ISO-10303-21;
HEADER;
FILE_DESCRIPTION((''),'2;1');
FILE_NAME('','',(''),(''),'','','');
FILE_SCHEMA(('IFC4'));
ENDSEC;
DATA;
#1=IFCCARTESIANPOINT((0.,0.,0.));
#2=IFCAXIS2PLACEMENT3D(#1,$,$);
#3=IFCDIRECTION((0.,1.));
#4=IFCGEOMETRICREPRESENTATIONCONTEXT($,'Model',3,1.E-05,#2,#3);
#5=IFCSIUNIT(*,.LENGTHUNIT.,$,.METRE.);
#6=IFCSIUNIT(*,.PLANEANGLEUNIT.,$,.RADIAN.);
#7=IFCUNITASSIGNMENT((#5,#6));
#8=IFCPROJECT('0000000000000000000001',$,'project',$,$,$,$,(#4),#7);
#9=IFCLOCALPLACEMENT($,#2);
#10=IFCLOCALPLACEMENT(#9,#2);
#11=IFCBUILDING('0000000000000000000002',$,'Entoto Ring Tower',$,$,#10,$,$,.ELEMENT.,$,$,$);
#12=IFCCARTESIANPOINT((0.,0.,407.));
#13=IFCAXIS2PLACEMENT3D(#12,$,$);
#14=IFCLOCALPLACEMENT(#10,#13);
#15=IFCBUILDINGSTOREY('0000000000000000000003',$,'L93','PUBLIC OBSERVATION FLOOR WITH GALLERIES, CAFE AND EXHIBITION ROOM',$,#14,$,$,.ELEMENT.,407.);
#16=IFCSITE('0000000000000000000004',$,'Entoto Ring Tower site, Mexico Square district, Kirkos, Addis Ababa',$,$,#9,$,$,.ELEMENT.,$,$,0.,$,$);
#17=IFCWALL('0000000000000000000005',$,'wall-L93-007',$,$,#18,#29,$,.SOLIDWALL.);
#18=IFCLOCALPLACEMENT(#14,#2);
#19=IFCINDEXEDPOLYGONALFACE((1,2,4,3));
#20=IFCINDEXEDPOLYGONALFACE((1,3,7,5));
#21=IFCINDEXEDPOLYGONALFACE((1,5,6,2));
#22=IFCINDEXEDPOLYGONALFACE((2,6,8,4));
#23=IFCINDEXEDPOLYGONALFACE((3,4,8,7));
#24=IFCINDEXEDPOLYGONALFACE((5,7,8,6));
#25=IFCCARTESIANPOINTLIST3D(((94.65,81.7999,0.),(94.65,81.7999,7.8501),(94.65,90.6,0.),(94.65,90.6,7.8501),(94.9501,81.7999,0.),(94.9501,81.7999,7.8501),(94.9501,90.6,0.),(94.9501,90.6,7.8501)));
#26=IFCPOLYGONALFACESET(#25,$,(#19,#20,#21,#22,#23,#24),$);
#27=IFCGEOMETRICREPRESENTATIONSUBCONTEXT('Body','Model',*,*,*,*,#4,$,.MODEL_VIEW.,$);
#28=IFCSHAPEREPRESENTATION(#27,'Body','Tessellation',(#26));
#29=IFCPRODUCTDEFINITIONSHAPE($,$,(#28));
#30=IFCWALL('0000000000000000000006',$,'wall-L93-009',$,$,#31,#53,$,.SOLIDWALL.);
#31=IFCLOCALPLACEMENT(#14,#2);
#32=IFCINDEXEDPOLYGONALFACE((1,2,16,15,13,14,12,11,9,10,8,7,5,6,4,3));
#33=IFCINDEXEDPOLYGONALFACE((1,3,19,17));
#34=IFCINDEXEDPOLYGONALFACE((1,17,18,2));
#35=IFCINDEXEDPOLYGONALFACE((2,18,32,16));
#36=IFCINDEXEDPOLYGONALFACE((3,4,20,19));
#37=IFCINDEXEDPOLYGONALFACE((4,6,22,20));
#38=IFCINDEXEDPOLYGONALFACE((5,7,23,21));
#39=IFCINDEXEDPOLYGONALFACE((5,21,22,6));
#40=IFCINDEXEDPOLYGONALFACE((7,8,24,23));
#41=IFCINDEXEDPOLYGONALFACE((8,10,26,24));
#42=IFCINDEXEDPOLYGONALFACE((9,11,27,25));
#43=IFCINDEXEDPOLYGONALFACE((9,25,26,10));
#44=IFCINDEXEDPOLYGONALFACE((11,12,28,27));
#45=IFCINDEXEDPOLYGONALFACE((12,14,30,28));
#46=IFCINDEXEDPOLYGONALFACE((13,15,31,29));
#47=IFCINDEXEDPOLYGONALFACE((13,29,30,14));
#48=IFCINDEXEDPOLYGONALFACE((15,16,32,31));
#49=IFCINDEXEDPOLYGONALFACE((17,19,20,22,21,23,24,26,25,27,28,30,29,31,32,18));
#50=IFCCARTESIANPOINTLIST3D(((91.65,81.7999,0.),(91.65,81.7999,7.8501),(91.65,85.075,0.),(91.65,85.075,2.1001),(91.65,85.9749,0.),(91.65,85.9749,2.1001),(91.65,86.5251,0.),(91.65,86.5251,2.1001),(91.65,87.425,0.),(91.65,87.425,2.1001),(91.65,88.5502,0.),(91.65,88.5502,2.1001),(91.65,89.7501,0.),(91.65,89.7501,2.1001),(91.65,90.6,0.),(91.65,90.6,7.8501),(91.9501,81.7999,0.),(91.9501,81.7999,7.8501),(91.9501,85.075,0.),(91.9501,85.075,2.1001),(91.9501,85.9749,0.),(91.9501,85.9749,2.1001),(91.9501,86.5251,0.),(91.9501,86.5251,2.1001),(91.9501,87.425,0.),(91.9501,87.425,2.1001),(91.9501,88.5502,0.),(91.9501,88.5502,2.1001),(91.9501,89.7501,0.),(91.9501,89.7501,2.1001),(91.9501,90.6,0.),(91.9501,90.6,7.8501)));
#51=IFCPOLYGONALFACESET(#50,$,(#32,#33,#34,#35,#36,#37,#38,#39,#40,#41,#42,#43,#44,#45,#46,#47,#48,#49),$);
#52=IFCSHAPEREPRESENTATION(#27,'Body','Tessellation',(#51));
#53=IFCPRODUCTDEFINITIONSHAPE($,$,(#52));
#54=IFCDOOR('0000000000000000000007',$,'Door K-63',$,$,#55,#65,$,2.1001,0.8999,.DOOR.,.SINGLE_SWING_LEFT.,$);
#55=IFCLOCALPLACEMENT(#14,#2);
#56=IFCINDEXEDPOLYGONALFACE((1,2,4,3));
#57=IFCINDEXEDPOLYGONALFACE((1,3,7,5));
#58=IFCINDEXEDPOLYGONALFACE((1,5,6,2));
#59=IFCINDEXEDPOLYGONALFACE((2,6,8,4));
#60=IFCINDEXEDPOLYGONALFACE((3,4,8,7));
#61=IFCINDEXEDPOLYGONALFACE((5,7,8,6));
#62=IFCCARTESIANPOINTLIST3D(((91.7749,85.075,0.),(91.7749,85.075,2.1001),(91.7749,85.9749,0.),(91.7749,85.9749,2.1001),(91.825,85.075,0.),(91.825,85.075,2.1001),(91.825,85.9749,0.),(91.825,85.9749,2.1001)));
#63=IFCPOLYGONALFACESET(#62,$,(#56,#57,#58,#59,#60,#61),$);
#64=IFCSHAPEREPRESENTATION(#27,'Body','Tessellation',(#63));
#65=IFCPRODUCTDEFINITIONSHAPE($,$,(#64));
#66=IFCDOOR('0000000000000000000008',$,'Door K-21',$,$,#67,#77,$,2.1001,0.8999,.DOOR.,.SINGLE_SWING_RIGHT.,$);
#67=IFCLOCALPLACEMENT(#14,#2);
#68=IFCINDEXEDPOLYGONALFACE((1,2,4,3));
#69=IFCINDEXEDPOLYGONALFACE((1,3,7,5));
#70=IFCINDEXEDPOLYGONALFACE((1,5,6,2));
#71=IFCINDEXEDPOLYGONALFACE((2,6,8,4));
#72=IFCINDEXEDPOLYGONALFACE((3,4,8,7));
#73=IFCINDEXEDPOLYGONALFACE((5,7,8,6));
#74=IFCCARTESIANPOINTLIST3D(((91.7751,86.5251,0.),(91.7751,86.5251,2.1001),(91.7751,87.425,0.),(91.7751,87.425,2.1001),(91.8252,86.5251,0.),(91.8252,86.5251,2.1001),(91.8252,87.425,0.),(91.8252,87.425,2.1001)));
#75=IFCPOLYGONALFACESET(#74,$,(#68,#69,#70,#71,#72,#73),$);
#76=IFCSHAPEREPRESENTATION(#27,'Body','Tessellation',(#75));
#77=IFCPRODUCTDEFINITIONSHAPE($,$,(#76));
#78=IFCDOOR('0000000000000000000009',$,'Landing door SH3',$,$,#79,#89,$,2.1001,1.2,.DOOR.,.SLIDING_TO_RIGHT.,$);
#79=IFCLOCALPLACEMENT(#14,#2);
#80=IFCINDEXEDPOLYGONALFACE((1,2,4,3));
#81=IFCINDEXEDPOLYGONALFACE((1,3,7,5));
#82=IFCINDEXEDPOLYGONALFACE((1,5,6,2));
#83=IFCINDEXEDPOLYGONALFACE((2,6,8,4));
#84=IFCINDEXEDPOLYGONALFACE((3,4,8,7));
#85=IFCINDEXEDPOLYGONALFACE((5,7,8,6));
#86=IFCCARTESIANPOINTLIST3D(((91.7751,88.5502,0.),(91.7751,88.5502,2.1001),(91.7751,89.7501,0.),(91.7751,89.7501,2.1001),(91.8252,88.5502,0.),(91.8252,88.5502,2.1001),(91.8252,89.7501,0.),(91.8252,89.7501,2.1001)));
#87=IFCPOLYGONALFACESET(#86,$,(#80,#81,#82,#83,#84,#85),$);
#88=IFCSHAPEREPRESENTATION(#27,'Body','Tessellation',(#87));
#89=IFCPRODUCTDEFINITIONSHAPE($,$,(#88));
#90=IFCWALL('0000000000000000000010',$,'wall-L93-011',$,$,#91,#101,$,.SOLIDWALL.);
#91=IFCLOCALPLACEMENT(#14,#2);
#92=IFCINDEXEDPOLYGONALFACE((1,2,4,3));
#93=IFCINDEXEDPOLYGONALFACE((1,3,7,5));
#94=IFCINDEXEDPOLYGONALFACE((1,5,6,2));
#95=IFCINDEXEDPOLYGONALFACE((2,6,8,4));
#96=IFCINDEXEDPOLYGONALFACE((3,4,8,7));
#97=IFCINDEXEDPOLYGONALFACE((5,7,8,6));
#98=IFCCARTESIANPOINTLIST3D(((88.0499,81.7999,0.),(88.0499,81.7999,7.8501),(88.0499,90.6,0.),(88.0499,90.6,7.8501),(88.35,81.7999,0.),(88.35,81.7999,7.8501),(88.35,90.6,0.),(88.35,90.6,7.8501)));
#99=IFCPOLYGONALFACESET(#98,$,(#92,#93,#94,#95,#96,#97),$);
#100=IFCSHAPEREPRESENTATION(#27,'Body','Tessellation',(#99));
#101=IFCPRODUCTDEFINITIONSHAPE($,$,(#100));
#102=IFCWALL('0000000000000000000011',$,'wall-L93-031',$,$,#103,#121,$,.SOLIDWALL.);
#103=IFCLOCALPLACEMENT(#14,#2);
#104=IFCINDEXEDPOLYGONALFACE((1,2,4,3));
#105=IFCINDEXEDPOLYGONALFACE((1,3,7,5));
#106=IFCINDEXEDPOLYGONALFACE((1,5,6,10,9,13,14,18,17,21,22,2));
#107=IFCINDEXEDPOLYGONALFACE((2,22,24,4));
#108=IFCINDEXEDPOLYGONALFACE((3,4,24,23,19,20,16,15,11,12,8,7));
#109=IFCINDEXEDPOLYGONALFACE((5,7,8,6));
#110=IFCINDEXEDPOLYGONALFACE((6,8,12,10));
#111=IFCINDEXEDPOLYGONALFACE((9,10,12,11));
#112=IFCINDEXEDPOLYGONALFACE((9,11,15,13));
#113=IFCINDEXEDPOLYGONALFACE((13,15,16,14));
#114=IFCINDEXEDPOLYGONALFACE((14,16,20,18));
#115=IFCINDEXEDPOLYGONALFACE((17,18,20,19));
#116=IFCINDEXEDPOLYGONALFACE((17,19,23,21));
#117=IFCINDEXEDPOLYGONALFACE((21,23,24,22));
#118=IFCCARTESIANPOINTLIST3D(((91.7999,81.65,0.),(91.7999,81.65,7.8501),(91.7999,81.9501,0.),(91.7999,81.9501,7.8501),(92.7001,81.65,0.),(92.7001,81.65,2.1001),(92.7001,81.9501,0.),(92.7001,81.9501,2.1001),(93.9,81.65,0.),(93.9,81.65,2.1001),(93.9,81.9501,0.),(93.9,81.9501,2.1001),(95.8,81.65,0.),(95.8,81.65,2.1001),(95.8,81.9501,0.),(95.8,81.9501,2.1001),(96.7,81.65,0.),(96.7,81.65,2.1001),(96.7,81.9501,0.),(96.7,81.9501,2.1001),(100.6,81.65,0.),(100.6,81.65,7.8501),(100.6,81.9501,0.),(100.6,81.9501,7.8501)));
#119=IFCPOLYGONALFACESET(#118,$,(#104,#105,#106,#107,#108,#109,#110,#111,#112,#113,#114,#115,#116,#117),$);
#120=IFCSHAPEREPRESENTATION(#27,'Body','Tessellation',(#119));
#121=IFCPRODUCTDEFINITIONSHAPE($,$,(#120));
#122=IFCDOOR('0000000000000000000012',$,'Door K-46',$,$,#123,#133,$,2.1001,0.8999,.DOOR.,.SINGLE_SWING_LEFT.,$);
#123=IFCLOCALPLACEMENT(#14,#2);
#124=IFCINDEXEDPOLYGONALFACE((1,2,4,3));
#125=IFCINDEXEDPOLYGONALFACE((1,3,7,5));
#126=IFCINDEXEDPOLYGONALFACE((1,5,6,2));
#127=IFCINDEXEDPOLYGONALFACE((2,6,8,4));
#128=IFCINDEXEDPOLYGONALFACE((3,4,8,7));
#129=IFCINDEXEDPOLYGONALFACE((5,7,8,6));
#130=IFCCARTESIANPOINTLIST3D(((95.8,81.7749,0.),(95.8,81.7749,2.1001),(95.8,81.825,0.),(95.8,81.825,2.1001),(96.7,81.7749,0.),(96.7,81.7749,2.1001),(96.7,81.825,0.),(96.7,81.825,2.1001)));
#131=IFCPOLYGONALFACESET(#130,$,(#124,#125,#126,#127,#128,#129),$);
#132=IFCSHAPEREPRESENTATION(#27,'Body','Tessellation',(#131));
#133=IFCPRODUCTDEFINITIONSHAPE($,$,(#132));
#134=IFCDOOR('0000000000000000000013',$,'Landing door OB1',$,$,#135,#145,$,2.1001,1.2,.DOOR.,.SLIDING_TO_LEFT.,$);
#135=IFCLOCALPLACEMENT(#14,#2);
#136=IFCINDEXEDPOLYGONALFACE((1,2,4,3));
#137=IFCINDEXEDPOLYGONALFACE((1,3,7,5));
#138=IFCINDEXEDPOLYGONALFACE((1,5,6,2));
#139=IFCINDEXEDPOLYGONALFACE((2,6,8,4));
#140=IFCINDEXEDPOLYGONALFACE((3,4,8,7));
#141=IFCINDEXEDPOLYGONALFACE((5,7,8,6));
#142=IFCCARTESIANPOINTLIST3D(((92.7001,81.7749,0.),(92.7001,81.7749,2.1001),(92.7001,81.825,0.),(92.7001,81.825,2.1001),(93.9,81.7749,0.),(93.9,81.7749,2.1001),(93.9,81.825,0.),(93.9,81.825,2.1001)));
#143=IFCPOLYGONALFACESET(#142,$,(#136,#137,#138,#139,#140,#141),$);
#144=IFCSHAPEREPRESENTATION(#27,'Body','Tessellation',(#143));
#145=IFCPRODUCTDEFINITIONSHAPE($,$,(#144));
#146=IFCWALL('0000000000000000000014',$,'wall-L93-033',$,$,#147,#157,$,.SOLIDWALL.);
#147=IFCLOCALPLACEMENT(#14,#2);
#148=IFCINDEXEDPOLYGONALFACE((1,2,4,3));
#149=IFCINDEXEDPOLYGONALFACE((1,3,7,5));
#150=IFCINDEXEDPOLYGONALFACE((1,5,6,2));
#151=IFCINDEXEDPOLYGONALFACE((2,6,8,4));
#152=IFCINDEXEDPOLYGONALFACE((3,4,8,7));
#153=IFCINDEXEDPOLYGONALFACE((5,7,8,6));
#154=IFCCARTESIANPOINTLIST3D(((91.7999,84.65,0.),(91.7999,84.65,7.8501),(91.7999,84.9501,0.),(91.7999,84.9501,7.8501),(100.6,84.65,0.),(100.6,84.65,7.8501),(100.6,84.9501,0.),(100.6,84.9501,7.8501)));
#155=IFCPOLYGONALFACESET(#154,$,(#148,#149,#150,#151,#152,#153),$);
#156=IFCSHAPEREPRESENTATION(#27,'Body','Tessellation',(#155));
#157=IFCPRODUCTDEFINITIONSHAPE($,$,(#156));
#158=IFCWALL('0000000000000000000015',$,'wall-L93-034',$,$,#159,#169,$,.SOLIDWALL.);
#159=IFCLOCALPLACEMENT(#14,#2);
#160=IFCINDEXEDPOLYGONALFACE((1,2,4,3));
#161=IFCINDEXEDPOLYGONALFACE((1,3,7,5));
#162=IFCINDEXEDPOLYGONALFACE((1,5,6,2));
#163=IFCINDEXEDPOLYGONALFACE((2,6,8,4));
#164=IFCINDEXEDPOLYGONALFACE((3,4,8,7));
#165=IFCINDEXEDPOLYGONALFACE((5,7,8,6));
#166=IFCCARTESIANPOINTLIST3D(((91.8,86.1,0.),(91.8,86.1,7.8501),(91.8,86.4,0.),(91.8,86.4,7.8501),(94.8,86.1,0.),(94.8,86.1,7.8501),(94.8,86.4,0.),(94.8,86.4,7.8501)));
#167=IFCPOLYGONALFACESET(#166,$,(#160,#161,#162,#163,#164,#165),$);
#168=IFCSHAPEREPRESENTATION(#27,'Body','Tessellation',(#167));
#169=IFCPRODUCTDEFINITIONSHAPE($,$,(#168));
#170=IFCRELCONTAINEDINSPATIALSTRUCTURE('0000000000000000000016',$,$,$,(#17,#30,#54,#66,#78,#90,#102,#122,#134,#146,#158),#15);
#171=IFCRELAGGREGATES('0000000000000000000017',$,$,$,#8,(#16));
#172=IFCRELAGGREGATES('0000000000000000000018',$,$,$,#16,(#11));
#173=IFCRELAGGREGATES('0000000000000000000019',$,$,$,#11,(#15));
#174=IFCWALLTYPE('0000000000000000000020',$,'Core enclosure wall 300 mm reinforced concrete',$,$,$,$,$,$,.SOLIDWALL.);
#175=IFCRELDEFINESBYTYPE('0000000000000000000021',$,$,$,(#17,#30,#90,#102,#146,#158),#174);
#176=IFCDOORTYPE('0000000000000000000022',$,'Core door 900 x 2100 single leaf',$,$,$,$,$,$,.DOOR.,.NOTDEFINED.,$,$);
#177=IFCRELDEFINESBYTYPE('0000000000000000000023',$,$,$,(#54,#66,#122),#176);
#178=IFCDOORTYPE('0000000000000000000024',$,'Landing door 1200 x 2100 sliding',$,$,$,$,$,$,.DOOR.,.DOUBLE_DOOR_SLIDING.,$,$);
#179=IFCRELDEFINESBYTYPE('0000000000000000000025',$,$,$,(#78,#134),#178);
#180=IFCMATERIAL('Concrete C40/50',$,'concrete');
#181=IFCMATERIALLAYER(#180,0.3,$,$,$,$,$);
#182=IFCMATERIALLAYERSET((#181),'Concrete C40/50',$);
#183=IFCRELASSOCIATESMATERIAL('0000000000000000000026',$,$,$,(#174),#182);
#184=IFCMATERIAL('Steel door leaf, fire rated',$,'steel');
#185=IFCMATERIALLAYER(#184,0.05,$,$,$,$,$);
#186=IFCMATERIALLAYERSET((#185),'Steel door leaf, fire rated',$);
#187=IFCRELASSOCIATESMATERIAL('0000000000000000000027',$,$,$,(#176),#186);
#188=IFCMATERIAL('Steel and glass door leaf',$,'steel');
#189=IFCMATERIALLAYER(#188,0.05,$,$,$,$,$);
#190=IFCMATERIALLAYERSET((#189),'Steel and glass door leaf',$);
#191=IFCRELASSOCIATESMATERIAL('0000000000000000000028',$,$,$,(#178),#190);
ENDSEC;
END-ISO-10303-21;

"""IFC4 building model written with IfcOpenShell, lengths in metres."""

from ifc_helpers import new_model, si_unit, direction, frame, frame_2d, origin, place, context, subcontext, project, spatial, rectangle, extrude, material, layer, layer_set, type_object, element, fill, save


model = new_model("IFC4")

# Units and contexts
model_context = context("Model", 3, precision=1e-05, world=origin(), true_north=direction((0.0, 1.0)))
body_context = subcontext(model_context, "Body", "Model", "MODEL_VIEW")
ifc_project = project(units=[si_unit("LENGTHUNIT", "METRE"), si_unit("PLANEANGLEUNIT", "RADIAN")], contexts=[model_context])

# Site, building, storey
site_placement = place(None, origin())
site = spatial("IfcSite", under=ifc_project, at=site_placement, Name="Entoto Ring Tower site, Mexico Square district, Kirkos, Addis Ababa", CompositionType="ELEMENT", RefElevation=0.0)
building_placement = place(site_placement, origin())
building = spatial("IfcBuilding", under=site, at=building_placement, Name="Entoto Ring Tower", CompositionType="ELEMENT")
storey_placement = place(building_placement, frame((0.0, 0.0, 407.0)))
storey = spatial("IfcBuildingStorey", under=building, at=storey_placement, Name="L93", Description="PUBLIC OBSERVATION FLOOR WITH GALLERIES, CAFE AND EXHIBITION ROOM", CompositionType="ELEMENT", Elevation=407.0)

# Shared definitions
ifc_material_1 = material(Name="Concrete C40/50", Category="concrete")
ifc_layer_1 = layer(ifc_material_1, 0.3)
ifc_layer_set_1 = layer_set([ifc_layer_1], Name="Concrete C40/50")
wall_type = type_object("IfcWallType", Name="Core enclosure wall 300 mm reinforced concrete", PredefinedType="SOLIDWALL", material=ifc_layer_set_1)

# Wall
wall_1_placement = place(storey_placement, frame((94.8, 81.8, 0.0), z_axis=(0.0, 0.0, 1.0), x_axis=(0.0, 1.0, 0.0)))
element("IfcWall", 1, at=wall_1_placement, inside=storey, type_object=wall_type, Name="wall-L93-007", PredefinedType="SOLIDWALL", context=body_context, shape_type="SweptSolid", body=[
    extrude(rectangle(XDim=8.8, YDim=0.3, at=frame_2d((4.3999, 0.0))), origin(), (0.0, 0.0, 1.0), 7.8501),
])

# Wall, openings, doors
wall_2_placement = place(storey_placement, frame((91.8, 81.8, 0.0), z_axis=(0.0, 0.0, 1.0), x_axis=(0.0, 1.0, 0.0)))
wall_2 = element("IfcWall", 2, at=wall_2_placement, inside=storey, type_object=wall_type, Name="wall-L93-009", PredefinedType="SOLIDWALL", context=body_context, shape_type="SweptSolid", body=[
    extrude(rectangle(XDim=8.8, YDim=0.3, at=frame_2d((4.3999, 0.0))), origin(), (0.0, 0.0, 1.0), 7.8501),
])
opening_1_placement = place(wall_2_placement, frame((6.75, 0.0, 0.0)))
opening_1 = element("IfcOpeningElement", 3, at=opening_1_placement, cuts=wall_2, PredefinedType="OPENING", context=body_context, shape_type="SweptSolid", body=[
    extrude(rectangle(XDim=1.2, YDim=2.1001, at=frame_2d((0.6001, 1.05))), frame((0.0, 0.1602, 0.0), z_axis=(0.0, -1.0, 0.0), x_axis=(1.0, 0.0, 0.0)), (0.0, 0.0, 1.0), 0.3201),
])
opening_2_placement = place(wall_2_placement, frame((3.2749, 0.0, 0.0)))
opening_2 = element("IfcOpeningElement", 4, at=opening_2_placement, cuts=wall_2, PredefinedType="OPENING", context=body_context, shape_type="SweptSolid", body=[
    extrude(rectangle(XDim=0.8999, YDim=2.1001, at=frame_2d((0.45, 1.05))), frame((0.0, 0.1602, 0.0), z_axis=(0.0, -1.0, 0.0), x_axis=(1.0, 0.0, 0.0)), (0.0, 0.0, 1.0), 0.3201),
])
opening_3_placement = place(wall_2_placement, frame((4.7251, 0.0, 0.0)))
opening_3 = element("IfcOpeningElement", 5, at=opening_3_placement, cuts=wall_2, PredefinedType="OPENING", context=body_context, shape_type="SweptSolid", body=[
    extrude(rectangle(XDim=0.8999, YDim=2.1001, at=frame_2d((0.45, 1.05))), frame((0.0, 0.1602, 0.0), z_axis=(0.0, -1.0, 0.0), x_axis=(1.0, 0.0, 0.0)), (0.0, 0.0, 1.0), 0.3201),
])
ifc_material_2 = material(Name="Steel door leaf, fire rated", Category="steel")
ifc_layer_2 = layer(ifc_material_2, 0.05)
ifc_layer_set_2 = layer_set([ifc_layer_2], Name="Steel door leaf, fire rated")
door_type_1 = type_object("IfcDoorType", Name="Core door 900 x 2100 single leaf", OperationType="NOTDEFINED", PredefinedType="DOOR", material=ifc_layer_set_2)
door_1_placement = place(opening_2_placement, frame((0.8999, 0.0, 0.0), z_axis=(0.0, 0.0, 1.0), x_axis=(-1.0, 0.0, 0.0)))
door_1 = element("IfcDoor", 6, at=door_1_placement, inside=storey, type_object=door_type_1, Name="Door K-63", OperationType="SINGLE_SWING_LEFT", OverallHeight=2.1001, OverallWidth=0.8999, PredefinedType="DOOR", context=body_context, shape_type="SweptSolid", body=[
    extrude(rectangle(XDim=0.8999, YDim=2.1001, at=frame_2d((0.45, 1.05))), frame((0.0, 0.0249, 0.0), z_axis=(0.0, -1.0, 0.0), x_axis=(1.0, 0.0, 0.0)), (0.0, 0.0, 1.0), 0.05),
])
fill(opening_2, door_1)
door_2_placement = place(opening_3_placement, origin())
door_2 = element("IfcDoor", 7, at=door_2_placement, inside=storey, type_object=door_type_1, Name="Door K-21", OperationType="SINGLE_SWING_RIGHT", OverallHeight=2.1001, OverallWidth=0.8999, PredefinedType="DOOR", context=body_context, shape_type="SweptSolid", body=[
    extrude(rectangle(XDim=0.8999, YDim=2.1001, at=frame_2d((0.45, 1.05))), frame((0.0, 0.0249, 0.0), z_axis=(0.0, -1.0, 0.0), x_axis=(1.0, 0.0, 0.0)), (0.0, 0.0, 1.0), 0.05),
])
fill(opening_3, door_2)
ifc_material_3 = material(Name="Steel and glass door leaf", Category="steel")
ifc_layer_3 = layer(ifc_material_3, 0.05)
ifc_layer_set_3 = layer_set([ifc_layer_3], Name="Steel and glass door leaf")
door_type_2 = type_object("IfcDoorType", Name="Landing door 1200 x 2100 sliding", OperationType="DOUBLE_DOOR_SLIDING", PredefinedType="DOOR", material=ifc_layer_set_3)
door_3_placement = place(opening_1_placement, origin())
door_3 = element("IfcDoor", 8, at=door_3_placement, inside=storey, type_object=door_type_2, Name="Landing door SH3", OperationType="SLIDING_TO_RIGHT", OverallHeight=2.1001, OverallWidth=1.2, PredefinedType="DOOR", context=body_context, shape_type="SweptSolid", body=[
    extrude(rectangle(XDim=1.2, YDim=2.1001, at=frame_2d((0.6001, 1.05))), frame((0.0, 0.0249, 0.0), z_axis=(0.0, -1.0, 0.0), x_axis=(1.0, 0.0, 0.0)), (0.0, 0.0, 1.0), 0.05),
])
fill(opening_1, door_3)

# Wall
wall_3_placement = place(storey_placement, frame((88.2, 81.8, 0.0), z_axis=(0.0, 0.0, 1.0), x_axis=(0.0, 1.0, 0.0)))
element("IfcWall", 9, at=wall_3_placement, inside=storey, type_object=wall_type, Name="wall-L93-011", PredefinedType="SOLIDWALL", context=body_context, shape_type="SweptSolid", body=[
    extrude(rectangle(XDim=8.8, YDim=0.3, at=frame_2d((4.3999, 0.0))), origin(), (0.0, 0.0, 1.0), 7.8501),
])

# Wall, openings, doors
wall_4_placement = place(storey_placement, frame((91.8, 81.8, 0.0), z_axis=(0.0, 0.0, 1.0), x_axis=(1.0, 0.0, 0.0)))
wall_4 = element("IfcWall", 10, at=wall_4_placement, inside=storey, type_object=wall_type, Name="wall-L93-031", PredefinedType="SOLIDWALL", context=body_context, shape_type="SweptSolid", body=[
    extrude(rectangle(XDim=8.8, YDim=0.3, at=frame_2d((4.3999, 0.0))), origin(), (0.0, 0.0, 1.0), 7.8501),
])
opening_4_placement = place(wall_4_placement, frame((0.8999, 0.0, 0.0)))
opening_4 = element("IfcOpeningElement", 11, at=opening_4_placement, cuts=wall_4, PredefinedType="OPENING", context=body_context, shape_type="SweptSolid", body=[
    extrude(rectangle(XDim=1.2, YDim=2.1001, at=frame_2d((0.6001, 1.05))), frame((0.0, 0.1602, 0.0), z_axis=(0.0, -1.0, 0.0), x_axis=(1.0, 0.0, 0.0)), (0.0, 0.0, 1.0), 0.3201),
])
opening_5_placement = place(wall_4_placement, frame((4.0, 0.0, 0.0)))
opening_5 = element("IfcOpeningElement", 12, at=opening_5_placement, cuts=wall_4, PredefinedType="OPENING", context=body_context, shape_type="SweptSolid", body=[
    extrude(rectangle(XDim=0.8999, YDim=2.1001, at=frame_2d((0.45, 1.05))), frame((0.0, 0.1602, 0.0), z_axis=(0.0, -1.0, 0.0), x_axis=(1.0, 0.0, 0.0)), (0.0, 0.0, 1.0), 0.3201),
])
door_4_placement = place(opening_5_placement, origin())
door_4 = element("IfcDoor", 13, at=door_4_placement, inside=storey, type_object=door_type_1, Name="Door K-46", OperationType="SINGLE_SWING_LEFT", OverallHeight=2.1001, OverallWidth=0.8999, PredefinedType="DOOR", context=body_context, shape_type="SweptSolid", body=[
    extrude(rectangle(XDim=0.8999, YDim=2.1001, at=frame_2d((0.45, 1.05))), frame((0.0, 0.0249, 0.0), z_axis=(0.0, -1.0, 0.0), x_axis=(1.0, 0.0, 0.0)), (0.0, 0.0, 1.0), 0.05),
])
fill(opening_5, door_4)
door_5_placement = place(opening_4_placement, origin())
door_5 = element("IfcDoor", 14, at=door_5_placement, inside=storey, type_object=door_type_2, Name="Landing door OB1", OperationType="SLIDING_TO_LEFT", OverallHeight=2.1001, OverallWidth=1.2, PredefinedType="DOOR", context=body_context, shape_type="SweptSolid", body=[
    extrude(rectangle(XDim=1.2, YDim=2.1001, at=frame_2d((0.6001, 1.05))), frame((0.0, 0.0249, 0.0), z_axis=(0.0, -1.0, 0.0), x_axis=(1.0, 0.0, 0.0)), (0.0, 0.0, 1.0), 0.05),
])
fill(opening_4, door_5)

# Walls
wall_5_placement = place(storey_placement, frame((91.8, 84.8, 0.0), z_axis=(0.0, 0.0, 1.0), x_axis=(1.0, 0.0, 0.0)))
element("IfcWall", 15, at=wall_5_placement, inside=storey, type_object=wall_type, Name="wall-L93-033", PredefinedType="SOLIDWALL", context=body_context, shape_type="SweptSolid", body=[
    extrude(rectangle(XDim=8.8, YDim=0.3, at=frame_2d((4.3999, 0.0))), origin(), (0.0, 0.0, 1.0), 7.8501),
])
wall_6_placement = place(storey_placement, frame((91.8, 86.25, 0.0), z_axis=(0.0, 0.0, 1.0), x_axis=(1.0, 0.0, 0.0)))
element("IfcWall", 16, at=wall_6_placement, inside=storey, type_object=wall_type, Name="wall-L93-034", PredefinedType="SOLIDWALL", context=body_context, shape_type="SweptSolid", body=[
    extrude(rectangle(XDim=3.0, YDim=0.3, at=frame_2d((1.5, 0.0))), origin(), (0.0, 0.0, 1.0), 7.8501),
])

save(model, "model.ifc")
